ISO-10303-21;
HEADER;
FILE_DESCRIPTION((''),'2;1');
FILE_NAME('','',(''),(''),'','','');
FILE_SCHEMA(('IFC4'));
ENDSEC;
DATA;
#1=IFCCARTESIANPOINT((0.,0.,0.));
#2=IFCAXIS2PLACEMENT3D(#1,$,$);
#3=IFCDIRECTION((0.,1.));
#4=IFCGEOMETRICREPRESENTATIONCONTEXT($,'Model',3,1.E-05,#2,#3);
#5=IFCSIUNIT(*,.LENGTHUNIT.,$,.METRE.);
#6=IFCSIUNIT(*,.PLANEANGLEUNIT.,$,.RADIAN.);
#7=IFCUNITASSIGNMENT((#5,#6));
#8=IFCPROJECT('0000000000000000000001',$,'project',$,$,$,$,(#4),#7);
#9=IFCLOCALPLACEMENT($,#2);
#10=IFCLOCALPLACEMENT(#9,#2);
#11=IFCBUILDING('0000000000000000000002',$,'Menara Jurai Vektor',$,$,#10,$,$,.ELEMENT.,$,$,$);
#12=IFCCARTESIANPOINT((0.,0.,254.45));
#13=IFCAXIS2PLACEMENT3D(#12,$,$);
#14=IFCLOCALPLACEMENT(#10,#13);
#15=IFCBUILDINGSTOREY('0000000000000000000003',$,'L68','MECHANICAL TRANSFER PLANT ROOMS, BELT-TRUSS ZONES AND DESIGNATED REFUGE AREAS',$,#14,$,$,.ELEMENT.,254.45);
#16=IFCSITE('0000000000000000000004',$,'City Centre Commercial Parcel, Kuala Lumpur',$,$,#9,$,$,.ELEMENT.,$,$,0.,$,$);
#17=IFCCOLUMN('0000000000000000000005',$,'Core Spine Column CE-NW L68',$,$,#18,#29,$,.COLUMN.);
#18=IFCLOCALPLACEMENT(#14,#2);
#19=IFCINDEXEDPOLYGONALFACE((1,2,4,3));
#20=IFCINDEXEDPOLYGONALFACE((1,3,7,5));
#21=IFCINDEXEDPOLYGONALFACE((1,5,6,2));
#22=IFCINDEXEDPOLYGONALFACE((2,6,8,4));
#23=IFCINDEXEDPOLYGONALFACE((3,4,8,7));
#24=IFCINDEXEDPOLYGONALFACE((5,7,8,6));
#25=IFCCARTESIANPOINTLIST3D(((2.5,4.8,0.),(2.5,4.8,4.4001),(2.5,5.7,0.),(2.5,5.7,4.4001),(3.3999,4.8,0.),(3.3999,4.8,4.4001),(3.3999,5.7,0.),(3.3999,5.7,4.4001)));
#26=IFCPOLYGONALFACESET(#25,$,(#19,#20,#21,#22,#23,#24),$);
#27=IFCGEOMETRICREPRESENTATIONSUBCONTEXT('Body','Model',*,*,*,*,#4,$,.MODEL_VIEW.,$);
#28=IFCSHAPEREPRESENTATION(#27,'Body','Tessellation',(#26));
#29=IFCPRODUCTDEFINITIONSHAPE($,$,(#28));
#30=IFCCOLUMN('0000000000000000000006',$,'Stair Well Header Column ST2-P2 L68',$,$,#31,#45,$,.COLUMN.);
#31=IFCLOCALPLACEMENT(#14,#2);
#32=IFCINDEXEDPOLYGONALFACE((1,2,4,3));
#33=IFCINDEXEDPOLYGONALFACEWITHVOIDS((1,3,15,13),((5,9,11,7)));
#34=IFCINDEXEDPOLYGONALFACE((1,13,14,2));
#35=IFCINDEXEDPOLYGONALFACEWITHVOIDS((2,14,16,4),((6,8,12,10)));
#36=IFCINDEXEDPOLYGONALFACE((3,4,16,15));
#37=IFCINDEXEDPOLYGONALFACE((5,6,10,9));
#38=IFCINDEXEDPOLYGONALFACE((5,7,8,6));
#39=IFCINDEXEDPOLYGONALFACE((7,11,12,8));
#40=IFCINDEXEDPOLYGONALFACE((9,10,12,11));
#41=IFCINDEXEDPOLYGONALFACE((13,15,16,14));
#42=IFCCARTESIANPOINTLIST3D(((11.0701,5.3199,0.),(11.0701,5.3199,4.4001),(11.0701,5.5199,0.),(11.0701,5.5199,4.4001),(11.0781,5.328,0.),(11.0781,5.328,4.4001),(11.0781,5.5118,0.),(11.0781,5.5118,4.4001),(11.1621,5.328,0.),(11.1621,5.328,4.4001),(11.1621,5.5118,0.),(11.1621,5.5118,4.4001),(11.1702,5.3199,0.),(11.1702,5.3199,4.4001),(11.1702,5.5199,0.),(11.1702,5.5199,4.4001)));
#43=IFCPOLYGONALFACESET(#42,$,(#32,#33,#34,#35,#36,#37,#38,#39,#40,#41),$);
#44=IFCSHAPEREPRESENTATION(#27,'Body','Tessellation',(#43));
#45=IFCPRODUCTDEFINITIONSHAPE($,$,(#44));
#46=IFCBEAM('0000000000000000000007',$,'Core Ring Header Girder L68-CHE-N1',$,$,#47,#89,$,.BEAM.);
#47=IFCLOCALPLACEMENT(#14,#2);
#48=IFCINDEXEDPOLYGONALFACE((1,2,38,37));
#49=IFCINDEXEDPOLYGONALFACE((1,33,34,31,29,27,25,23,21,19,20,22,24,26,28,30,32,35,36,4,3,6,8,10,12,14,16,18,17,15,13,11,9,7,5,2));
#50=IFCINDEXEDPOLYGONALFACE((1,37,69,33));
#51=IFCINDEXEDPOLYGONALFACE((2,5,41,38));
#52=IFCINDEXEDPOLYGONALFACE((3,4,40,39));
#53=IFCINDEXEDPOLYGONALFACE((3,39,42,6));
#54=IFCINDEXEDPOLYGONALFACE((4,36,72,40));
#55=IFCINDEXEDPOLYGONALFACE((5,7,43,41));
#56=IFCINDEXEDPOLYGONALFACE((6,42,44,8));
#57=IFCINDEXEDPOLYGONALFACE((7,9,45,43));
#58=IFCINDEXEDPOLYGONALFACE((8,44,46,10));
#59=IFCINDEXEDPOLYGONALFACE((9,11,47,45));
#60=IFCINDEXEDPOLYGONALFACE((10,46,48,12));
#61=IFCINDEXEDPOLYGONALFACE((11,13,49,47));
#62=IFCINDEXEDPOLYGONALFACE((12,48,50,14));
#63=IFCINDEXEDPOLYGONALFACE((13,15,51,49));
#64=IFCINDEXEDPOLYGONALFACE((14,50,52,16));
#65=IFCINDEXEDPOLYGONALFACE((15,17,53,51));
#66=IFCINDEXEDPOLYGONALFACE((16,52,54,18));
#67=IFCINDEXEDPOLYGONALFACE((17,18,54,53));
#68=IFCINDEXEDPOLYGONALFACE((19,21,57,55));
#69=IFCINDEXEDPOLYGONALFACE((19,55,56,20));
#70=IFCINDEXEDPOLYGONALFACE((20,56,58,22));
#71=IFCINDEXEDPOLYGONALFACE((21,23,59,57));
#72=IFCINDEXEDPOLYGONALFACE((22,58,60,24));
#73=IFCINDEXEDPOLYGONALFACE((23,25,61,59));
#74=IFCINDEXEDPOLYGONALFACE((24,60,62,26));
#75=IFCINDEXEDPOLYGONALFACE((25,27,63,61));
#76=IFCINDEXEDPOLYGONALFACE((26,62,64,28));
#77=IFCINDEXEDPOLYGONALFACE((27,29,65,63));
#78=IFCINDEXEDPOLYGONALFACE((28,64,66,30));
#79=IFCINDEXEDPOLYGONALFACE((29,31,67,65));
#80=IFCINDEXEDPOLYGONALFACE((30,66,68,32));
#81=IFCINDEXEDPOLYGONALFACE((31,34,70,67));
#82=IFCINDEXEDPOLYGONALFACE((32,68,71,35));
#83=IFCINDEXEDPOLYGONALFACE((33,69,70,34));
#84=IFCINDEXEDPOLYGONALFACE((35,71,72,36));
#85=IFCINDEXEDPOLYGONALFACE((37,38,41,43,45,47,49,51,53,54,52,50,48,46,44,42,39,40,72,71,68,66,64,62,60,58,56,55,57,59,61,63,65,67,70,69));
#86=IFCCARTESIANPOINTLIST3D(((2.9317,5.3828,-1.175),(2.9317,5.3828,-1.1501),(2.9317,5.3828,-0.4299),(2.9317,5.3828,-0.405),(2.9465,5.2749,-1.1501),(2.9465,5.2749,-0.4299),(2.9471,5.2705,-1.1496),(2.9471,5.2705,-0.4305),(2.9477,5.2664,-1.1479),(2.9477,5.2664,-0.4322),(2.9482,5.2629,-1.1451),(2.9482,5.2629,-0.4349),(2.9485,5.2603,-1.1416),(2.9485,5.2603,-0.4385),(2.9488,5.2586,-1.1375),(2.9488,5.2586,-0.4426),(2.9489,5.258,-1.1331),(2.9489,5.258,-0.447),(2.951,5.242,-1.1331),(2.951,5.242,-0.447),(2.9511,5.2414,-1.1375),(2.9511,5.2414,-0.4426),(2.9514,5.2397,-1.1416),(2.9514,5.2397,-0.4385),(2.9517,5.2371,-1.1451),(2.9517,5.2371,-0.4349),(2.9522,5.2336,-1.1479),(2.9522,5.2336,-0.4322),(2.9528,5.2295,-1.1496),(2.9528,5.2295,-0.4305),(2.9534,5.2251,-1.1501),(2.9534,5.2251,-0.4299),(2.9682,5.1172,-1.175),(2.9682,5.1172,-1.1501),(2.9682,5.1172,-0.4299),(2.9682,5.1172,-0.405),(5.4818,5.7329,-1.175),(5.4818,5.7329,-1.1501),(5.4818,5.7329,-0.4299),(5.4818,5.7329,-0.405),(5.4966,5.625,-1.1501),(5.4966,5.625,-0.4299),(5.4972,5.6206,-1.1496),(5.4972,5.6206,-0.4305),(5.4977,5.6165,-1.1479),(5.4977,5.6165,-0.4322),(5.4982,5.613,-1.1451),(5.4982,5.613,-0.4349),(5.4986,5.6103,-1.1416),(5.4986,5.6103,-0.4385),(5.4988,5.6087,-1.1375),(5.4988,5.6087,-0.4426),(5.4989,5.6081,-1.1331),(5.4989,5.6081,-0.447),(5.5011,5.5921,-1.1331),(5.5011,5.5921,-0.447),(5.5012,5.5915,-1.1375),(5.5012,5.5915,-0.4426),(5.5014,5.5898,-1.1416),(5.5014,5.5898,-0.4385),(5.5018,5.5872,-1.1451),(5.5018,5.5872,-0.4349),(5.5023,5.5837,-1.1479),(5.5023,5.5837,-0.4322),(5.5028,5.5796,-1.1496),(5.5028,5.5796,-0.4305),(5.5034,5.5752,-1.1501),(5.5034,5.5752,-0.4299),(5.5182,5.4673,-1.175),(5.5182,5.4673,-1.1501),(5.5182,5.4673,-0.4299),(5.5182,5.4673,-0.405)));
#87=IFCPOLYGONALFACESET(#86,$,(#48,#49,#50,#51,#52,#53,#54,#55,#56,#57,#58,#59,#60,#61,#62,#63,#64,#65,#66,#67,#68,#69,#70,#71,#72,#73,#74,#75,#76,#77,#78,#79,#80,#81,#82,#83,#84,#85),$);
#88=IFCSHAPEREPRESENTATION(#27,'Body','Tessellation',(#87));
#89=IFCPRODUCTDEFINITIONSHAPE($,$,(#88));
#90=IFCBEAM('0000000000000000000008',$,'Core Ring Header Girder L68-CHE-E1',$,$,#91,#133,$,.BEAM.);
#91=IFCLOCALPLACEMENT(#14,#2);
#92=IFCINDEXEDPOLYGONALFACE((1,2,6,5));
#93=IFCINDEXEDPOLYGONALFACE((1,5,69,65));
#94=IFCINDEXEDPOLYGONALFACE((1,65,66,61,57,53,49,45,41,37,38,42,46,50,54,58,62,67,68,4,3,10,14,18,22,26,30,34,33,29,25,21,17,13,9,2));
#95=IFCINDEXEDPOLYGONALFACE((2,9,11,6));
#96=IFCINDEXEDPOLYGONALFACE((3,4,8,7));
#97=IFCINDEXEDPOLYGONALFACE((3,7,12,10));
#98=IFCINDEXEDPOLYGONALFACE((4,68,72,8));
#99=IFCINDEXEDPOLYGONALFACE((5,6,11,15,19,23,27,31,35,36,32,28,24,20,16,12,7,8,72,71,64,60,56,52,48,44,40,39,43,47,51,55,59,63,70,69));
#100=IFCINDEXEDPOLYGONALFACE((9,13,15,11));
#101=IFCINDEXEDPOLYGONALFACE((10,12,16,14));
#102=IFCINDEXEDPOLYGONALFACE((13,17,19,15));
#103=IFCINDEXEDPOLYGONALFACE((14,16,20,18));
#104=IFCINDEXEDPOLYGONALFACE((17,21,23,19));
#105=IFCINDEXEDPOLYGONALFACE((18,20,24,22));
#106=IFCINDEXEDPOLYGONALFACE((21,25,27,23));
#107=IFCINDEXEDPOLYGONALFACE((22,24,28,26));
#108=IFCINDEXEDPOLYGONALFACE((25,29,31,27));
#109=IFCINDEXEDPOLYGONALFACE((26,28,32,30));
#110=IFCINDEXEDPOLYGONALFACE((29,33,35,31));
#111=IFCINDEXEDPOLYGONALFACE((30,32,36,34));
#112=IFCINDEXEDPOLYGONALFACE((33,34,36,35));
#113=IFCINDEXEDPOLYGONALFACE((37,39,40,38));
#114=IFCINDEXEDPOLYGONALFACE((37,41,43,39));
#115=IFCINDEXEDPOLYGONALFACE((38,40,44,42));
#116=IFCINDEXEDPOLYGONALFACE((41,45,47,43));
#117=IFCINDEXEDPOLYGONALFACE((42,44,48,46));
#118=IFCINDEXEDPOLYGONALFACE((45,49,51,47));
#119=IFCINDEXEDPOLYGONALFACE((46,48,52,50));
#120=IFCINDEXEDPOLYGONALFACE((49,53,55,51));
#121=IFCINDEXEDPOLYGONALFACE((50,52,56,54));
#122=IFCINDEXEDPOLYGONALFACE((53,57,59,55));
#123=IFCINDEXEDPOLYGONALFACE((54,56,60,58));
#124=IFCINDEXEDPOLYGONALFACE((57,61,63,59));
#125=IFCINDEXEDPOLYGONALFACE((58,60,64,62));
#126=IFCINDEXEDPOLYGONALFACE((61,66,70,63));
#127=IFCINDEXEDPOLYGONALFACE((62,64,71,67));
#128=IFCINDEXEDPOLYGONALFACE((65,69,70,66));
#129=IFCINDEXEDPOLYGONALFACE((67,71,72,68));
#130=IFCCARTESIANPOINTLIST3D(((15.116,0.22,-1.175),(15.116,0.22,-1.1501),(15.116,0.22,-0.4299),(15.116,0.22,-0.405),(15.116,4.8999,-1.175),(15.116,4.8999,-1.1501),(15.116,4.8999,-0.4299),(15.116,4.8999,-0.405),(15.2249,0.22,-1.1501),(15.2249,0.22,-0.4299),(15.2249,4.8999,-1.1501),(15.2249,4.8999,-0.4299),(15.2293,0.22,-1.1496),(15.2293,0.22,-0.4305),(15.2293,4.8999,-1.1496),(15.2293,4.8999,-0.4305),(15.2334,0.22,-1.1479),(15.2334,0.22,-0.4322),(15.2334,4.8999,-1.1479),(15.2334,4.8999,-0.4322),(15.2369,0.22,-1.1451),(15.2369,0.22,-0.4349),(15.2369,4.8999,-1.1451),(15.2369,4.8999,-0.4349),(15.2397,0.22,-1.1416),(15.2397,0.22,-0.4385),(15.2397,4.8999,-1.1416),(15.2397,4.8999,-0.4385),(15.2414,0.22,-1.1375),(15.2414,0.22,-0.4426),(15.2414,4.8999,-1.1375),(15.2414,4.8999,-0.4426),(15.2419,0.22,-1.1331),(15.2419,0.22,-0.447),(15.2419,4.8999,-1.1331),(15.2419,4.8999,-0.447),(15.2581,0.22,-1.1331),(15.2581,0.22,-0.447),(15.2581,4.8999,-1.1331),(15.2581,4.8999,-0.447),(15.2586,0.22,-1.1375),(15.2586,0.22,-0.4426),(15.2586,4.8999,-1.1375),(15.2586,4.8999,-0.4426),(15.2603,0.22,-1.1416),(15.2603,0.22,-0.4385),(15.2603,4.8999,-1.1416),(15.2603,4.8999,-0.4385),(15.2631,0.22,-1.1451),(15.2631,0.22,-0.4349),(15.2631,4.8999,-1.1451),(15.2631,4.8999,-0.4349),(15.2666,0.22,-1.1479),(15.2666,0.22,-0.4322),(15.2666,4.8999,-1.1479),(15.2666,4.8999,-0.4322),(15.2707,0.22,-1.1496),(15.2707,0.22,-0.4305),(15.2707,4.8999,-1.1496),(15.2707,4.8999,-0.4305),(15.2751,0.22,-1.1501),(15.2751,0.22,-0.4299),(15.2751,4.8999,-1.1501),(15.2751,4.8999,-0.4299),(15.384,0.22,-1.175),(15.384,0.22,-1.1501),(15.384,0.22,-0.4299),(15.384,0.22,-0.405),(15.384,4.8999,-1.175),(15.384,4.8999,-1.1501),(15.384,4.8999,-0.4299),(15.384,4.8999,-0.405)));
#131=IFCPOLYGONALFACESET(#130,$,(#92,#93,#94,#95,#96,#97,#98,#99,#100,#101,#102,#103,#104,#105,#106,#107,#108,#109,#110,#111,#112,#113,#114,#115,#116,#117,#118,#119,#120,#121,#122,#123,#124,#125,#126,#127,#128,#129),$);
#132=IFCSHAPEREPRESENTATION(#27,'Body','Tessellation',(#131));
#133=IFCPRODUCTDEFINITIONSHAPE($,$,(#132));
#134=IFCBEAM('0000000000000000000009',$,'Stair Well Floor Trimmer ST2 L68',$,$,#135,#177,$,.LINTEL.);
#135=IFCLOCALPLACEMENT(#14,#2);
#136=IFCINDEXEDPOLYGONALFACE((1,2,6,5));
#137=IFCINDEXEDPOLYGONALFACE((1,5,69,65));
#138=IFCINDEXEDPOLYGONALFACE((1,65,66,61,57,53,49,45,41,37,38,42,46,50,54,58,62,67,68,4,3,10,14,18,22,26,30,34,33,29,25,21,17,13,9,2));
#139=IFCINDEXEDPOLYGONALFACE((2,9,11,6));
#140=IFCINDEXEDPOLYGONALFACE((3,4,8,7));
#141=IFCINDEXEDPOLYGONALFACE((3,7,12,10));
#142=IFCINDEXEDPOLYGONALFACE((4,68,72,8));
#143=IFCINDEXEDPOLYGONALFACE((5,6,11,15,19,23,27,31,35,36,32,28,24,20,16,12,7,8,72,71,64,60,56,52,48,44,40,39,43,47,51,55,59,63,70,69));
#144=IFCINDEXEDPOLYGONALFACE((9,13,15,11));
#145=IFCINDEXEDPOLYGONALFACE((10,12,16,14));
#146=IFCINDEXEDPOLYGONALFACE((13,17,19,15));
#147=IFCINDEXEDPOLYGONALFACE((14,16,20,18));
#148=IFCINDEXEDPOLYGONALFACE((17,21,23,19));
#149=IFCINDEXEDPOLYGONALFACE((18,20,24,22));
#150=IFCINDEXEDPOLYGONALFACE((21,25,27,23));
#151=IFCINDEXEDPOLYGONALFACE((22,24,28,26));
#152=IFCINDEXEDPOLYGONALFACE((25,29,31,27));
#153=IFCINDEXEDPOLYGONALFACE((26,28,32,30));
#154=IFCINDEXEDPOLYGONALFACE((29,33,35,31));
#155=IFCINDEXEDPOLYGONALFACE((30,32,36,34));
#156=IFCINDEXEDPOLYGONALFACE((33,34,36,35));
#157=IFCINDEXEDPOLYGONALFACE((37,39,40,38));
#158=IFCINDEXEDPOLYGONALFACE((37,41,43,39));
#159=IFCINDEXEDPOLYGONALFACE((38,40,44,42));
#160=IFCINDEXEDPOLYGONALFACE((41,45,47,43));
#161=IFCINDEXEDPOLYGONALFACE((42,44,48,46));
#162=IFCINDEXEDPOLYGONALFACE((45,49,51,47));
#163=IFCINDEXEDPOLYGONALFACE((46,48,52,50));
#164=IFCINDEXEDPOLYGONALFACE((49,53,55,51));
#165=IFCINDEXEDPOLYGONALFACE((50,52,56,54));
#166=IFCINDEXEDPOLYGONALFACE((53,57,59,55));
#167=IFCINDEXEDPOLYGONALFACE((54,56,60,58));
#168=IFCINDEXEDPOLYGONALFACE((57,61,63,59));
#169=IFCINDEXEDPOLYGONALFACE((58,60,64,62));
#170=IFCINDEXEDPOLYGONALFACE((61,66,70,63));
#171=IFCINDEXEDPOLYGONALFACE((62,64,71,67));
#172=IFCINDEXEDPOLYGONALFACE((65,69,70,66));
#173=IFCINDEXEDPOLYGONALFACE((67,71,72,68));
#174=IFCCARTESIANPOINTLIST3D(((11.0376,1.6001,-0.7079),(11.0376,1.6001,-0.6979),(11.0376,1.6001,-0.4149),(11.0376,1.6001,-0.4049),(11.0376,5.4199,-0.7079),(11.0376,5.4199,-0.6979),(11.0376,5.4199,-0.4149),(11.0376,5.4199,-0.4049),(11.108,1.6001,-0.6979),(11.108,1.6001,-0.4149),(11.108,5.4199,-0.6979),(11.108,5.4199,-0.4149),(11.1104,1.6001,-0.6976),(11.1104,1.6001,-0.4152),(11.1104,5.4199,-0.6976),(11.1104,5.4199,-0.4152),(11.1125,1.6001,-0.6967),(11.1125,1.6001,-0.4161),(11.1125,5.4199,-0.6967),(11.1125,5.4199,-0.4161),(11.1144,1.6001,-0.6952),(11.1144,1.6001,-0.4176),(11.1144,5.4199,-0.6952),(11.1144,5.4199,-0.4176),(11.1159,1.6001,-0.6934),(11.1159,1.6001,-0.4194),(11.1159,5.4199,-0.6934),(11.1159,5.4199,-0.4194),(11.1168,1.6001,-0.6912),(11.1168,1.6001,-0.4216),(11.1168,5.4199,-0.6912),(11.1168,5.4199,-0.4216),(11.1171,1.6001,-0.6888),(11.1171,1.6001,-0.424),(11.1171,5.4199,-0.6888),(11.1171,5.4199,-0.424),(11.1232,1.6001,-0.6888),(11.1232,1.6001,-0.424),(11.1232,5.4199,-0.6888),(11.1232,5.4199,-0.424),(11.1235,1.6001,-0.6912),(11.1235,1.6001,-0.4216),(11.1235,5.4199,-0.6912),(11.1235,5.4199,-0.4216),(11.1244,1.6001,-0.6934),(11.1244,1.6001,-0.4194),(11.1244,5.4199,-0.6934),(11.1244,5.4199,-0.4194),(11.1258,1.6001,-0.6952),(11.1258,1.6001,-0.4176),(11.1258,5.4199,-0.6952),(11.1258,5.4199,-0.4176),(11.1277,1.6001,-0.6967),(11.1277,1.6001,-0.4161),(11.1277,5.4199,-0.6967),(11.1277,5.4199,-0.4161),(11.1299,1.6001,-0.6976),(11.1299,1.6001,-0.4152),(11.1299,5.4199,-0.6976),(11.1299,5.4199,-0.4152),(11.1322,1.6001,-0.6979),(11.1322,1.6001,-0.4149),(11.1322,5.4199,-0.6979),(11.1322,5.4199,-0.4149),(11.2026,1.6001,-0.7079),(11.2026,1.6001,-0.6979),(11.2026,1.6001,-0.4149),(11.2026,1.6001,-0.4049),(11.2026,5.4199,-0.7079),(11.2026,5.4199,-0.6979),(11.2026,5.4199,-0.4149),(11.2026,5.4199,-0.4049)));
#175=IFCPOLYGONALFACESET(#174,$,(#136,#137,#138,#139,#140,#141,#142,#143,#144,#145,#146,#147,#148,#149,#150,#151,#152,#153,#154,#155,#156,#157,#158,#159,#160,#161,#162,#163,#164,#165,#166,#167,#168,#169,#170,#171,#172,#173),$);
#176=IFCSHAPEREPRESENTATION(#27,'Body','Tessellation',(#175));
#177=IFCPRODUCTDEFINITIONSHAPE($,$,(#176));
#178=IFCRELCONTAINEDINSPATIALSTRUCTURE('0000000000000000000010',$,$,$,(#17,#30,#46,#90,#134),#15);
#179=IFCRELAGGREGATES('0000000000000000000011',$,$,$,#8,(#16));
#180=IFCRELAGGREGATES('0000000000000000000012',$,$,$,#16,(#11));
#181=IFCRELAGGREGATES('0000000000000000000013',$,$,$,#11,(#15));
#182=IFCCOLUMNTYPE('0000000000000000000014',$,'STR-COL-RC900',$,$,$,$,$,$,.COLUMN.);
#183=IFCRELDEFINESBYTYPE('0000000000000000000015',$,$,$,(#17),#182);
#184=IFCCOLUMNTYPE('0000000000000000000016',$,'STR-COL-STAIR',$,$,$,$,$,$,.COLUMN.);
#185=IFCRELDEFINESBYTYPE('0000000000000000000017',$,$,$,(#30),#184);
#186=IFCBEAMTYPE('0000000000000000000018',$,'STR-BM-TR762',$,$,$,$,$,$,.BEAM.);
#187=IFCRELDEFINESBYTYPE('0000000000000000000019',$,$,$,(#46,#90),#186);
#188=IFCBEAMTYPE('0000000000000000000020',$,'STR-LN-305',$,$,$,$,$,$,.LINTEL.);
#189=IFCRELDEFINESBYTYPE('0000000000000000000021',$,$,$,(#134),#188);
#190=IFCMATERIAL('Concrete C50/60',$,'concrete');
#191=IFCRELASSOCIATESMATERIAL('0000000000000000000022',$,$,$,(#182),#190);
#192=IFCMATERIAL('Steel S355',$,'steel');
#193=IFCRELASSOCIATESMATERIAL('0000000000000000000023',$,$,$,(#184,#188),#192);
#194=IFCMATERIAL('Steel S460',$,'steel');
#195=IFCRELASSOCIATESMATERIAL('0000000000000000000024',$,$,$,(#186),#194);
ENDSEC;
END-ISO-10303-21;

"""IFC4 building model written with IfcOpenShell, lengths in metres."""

from ifc_helpers import new_model, si_unit, direction, frame, origin, origin_2d, place, context, subcontext, project, spatial, rectangle, hollow_rectangle, i_section, extrude, material, material_profile, profile_set, type_object, element, save


model = new_model("IFC4")

# Units and contexts
model_context = context("Model", 3, precision=1e-05, world=origin(), true_north=direction((0.0, 1.0)))
body_context = subcontext(model_context, "Body", "Model", "MODEL_VIEW")
ifc_project = project(units=[si_unit("LENGTHUNIT", "METRE"), si_unit("PLANEANGLEUNIT", "RADIAN")], contexts=[model_context])

# Site, building, storey
site_placement = place(None, origin())
site = spatial("IfcSite", under=ifc_project, at=site_placement, Name="City Centre Commercial Parcel, Kuala Lumpur", CompositionType="ELEMENT", RefElevation=0.0)
building_placement = place(site_placement, origin())
building = spatial("IfcBuilding", under=site, at=building_placement, Name="Menara Jurai Vektor", CompositionType="ELEMENT")
storey_placement = place(building_placement, frame((0.0, 0.0, 254.45)))
storey = spatial("IfcBuildingStorey", under=building, at=storey_placement, Name="L68", Description="MECHANICAL TRANSFER PLANT ROOMS, BELT-TRUSS ZONES AND DESIGNATED REFUGE AREAS", CompositionType="ELEMENT", Elevation=254.45)

# Columns
ifc_material_1 = material(Name="Concrete C50/60", Category="concrete")
ifc_material_profile_1 = material_profile(ifc_material_1, rectangle(XDim=0.8999, YDim=0.8999, at=origin_2d()), Name="RC 900x900")
ifc_profile_set_1 = profile_set([ifc_material_profile_1], Name="Concrete C50/60")
column_type_1 = type_object("IfcColumnType", Name="STR-COL-RC900", PredefinedType="COLUMN", material=ifc_profile_set_1)
column_1_placement = place(storey_placement, frame((2.95, 5.25, 0.0), z_axis=(0.0, 0.0, 1.0), x_axis=(1.0, 0.0, 0.0)))
element("IfcColumn", 1, at=column_1_placement, inside=storey, type_object=column_type_1, Name="Core Spine Column CE-NW L68", PredefinedType="COLUMN", context=body_context, shape_type="SweptSolid", body=[
    extrude(rectangle(XDim=0.8999, YDim=0.8999, at=origin_2d()), origin(), (0.0, 0.0, 1.0), 4.4001),
])
ifc_material_2 = material(Name="Steel S355", Category="steel")
ifc_material_profile_2 = material_profile(ifc_material_2, hollow_rectangle(XDim=0.1001, YDim=0.2, WallThickness=0.0081, at=origin_2d()), Name="RHS 200x100x8")
ifc_profile_set_2 = profile_set([ifc_material_profile_2], Name="Steel S355")
column_type_2 = type_object("IfcColumnType", Name="STR-COL-STAIR", PredefinedType="COLUMN", material=ifc_profile_set_2)
column_2_placement = place(storey_placement, frame((11.1201, 5.4199, 0.0), z_axis=(0.0, 0.0, 1.0), x_axis=(1.0, 0.0, 0.0)))
element("IfcColumn", 2, at=column_2_placement, inside=storey, type_object=column_type_2, Name="Stair Well Header Column ST2-P2 L68", PredefinedType="COLUMN", context=body_context, shape_type="SweptSolid", body=[
    extrude(hollow_rectangle(XDim=0.1001, YDim=0.2, WallThickness=0.0081, at=origin_2d()), origin(), (0.0, 0.0, 1.0), 4.4001),
])

# Beams
ifc_material_3 = material(Name="Steel S460", Category="steel")
ifc_material_profile_3 = material_profile(ifc_material_3, i_section(OverallWidth=0.2681, OverallDepth=0.77, WebThickness=0.0161, FlangeThickness=0.0249, FilletRadius=0.0171, at=origin_2d()), Name="UKB 762x267x197")
ifc_profile_set_3 = profile_set([ifc_material_profile_3], Name="Steel S460")
beam_type_1 = type_object("IfcBeamType", Name="STR-BM-TR762", PredefinedType="BEAM", material=ifc_profile_set_3)
beam_1_placement = place(storey_placement, frame((2.95, 5.25, -0.79), z_axis=(0.990707, 0.136015, 0.0), x_axis=(-0.136015, 0.990707, 0.0)))
element("IfcBeam", 3, at=beam_1_placement, inside=storey, type_object=beam_type_1, Name="Core Ring Header Girder L68-CHE-N1", PredefinedType="BEAM", context=body_context, shape_type="SweptSolid", body=[
    extrude(i_section(OverallWidth=0.2681, OverallDepth=0.77, WebThickness=0.0161, FlangeThickness=0.0249, FilletRadius=0.0171, at=origin_2d()), origin(), (0.0, 0.0, 1.0), 2.574),
])
beam_2_placement = place(storey_placement, frame((15.25, 0.22, -0.79), z_axis=(0.0, 1.0, 0.0), x_axis=(-1.0, 0.0, 0.0)))
element("IfcBeam", 4, at=beam_2_placement, inside=storey, type_object=beam_type_1, Name="Core Ring Header Girder L68-CHE-E1", PredefinedType="BEAM", context=body_context, shape_type="SweptSolid", body=[
    extrude(i_section(OverallWidth=0.2681, OverallDepth=0.77, WebThickness=0.0161, FlangeThickness=0.0249, FilletRadius=0.0171, at=origin_2d()), origin(), (0.0, 0.0, 1.0), 4.6799),
])
ifc_material_profile_4 = material_profile(ifc_material_2, i_section(OverallWidth=0.165, OverallDepth=0.303, WebThickness=0.0061, FlangeThickness=0.01, FilletRadius=0.009, at=origin_2d()), Name="UKB 305x165x40")
ifc_profile_set_4 = profile_set([ifc_material_profile_4], Name="Steel S355")
beam_type_2 = type_object("IfcBeamType", Name="STR-LN-305", PredefinedType="LINTEL", material=ifc_profile_set_4)
beam_3_placement = place(storey_placement, frame((11.1201, 1.6001, -0.5564), z_axis=(0.0, 1.0, 0.0), x_axis=(-1.0, 0.0, 0.0)))
element("IfcBeam", 5, at=beam_3_placement, inside=storey, type_object=beam_type_2, Name="Stair Well Floor Trimmer ST2 L68", PredefinedType="LINTEL", context=body_context, shape_type="SweptSolid", body=[
    extrude(i_section(OverallWidth=0.165, OverallDepth=0.303, WebThickness=0.0061, FlangeThickness=0.01, FilletRadius=0.009, at=origin_2d()), origin(), (0.0, 0.0, 1.0), 3.8198),
])

save(model, "model.ifc")
